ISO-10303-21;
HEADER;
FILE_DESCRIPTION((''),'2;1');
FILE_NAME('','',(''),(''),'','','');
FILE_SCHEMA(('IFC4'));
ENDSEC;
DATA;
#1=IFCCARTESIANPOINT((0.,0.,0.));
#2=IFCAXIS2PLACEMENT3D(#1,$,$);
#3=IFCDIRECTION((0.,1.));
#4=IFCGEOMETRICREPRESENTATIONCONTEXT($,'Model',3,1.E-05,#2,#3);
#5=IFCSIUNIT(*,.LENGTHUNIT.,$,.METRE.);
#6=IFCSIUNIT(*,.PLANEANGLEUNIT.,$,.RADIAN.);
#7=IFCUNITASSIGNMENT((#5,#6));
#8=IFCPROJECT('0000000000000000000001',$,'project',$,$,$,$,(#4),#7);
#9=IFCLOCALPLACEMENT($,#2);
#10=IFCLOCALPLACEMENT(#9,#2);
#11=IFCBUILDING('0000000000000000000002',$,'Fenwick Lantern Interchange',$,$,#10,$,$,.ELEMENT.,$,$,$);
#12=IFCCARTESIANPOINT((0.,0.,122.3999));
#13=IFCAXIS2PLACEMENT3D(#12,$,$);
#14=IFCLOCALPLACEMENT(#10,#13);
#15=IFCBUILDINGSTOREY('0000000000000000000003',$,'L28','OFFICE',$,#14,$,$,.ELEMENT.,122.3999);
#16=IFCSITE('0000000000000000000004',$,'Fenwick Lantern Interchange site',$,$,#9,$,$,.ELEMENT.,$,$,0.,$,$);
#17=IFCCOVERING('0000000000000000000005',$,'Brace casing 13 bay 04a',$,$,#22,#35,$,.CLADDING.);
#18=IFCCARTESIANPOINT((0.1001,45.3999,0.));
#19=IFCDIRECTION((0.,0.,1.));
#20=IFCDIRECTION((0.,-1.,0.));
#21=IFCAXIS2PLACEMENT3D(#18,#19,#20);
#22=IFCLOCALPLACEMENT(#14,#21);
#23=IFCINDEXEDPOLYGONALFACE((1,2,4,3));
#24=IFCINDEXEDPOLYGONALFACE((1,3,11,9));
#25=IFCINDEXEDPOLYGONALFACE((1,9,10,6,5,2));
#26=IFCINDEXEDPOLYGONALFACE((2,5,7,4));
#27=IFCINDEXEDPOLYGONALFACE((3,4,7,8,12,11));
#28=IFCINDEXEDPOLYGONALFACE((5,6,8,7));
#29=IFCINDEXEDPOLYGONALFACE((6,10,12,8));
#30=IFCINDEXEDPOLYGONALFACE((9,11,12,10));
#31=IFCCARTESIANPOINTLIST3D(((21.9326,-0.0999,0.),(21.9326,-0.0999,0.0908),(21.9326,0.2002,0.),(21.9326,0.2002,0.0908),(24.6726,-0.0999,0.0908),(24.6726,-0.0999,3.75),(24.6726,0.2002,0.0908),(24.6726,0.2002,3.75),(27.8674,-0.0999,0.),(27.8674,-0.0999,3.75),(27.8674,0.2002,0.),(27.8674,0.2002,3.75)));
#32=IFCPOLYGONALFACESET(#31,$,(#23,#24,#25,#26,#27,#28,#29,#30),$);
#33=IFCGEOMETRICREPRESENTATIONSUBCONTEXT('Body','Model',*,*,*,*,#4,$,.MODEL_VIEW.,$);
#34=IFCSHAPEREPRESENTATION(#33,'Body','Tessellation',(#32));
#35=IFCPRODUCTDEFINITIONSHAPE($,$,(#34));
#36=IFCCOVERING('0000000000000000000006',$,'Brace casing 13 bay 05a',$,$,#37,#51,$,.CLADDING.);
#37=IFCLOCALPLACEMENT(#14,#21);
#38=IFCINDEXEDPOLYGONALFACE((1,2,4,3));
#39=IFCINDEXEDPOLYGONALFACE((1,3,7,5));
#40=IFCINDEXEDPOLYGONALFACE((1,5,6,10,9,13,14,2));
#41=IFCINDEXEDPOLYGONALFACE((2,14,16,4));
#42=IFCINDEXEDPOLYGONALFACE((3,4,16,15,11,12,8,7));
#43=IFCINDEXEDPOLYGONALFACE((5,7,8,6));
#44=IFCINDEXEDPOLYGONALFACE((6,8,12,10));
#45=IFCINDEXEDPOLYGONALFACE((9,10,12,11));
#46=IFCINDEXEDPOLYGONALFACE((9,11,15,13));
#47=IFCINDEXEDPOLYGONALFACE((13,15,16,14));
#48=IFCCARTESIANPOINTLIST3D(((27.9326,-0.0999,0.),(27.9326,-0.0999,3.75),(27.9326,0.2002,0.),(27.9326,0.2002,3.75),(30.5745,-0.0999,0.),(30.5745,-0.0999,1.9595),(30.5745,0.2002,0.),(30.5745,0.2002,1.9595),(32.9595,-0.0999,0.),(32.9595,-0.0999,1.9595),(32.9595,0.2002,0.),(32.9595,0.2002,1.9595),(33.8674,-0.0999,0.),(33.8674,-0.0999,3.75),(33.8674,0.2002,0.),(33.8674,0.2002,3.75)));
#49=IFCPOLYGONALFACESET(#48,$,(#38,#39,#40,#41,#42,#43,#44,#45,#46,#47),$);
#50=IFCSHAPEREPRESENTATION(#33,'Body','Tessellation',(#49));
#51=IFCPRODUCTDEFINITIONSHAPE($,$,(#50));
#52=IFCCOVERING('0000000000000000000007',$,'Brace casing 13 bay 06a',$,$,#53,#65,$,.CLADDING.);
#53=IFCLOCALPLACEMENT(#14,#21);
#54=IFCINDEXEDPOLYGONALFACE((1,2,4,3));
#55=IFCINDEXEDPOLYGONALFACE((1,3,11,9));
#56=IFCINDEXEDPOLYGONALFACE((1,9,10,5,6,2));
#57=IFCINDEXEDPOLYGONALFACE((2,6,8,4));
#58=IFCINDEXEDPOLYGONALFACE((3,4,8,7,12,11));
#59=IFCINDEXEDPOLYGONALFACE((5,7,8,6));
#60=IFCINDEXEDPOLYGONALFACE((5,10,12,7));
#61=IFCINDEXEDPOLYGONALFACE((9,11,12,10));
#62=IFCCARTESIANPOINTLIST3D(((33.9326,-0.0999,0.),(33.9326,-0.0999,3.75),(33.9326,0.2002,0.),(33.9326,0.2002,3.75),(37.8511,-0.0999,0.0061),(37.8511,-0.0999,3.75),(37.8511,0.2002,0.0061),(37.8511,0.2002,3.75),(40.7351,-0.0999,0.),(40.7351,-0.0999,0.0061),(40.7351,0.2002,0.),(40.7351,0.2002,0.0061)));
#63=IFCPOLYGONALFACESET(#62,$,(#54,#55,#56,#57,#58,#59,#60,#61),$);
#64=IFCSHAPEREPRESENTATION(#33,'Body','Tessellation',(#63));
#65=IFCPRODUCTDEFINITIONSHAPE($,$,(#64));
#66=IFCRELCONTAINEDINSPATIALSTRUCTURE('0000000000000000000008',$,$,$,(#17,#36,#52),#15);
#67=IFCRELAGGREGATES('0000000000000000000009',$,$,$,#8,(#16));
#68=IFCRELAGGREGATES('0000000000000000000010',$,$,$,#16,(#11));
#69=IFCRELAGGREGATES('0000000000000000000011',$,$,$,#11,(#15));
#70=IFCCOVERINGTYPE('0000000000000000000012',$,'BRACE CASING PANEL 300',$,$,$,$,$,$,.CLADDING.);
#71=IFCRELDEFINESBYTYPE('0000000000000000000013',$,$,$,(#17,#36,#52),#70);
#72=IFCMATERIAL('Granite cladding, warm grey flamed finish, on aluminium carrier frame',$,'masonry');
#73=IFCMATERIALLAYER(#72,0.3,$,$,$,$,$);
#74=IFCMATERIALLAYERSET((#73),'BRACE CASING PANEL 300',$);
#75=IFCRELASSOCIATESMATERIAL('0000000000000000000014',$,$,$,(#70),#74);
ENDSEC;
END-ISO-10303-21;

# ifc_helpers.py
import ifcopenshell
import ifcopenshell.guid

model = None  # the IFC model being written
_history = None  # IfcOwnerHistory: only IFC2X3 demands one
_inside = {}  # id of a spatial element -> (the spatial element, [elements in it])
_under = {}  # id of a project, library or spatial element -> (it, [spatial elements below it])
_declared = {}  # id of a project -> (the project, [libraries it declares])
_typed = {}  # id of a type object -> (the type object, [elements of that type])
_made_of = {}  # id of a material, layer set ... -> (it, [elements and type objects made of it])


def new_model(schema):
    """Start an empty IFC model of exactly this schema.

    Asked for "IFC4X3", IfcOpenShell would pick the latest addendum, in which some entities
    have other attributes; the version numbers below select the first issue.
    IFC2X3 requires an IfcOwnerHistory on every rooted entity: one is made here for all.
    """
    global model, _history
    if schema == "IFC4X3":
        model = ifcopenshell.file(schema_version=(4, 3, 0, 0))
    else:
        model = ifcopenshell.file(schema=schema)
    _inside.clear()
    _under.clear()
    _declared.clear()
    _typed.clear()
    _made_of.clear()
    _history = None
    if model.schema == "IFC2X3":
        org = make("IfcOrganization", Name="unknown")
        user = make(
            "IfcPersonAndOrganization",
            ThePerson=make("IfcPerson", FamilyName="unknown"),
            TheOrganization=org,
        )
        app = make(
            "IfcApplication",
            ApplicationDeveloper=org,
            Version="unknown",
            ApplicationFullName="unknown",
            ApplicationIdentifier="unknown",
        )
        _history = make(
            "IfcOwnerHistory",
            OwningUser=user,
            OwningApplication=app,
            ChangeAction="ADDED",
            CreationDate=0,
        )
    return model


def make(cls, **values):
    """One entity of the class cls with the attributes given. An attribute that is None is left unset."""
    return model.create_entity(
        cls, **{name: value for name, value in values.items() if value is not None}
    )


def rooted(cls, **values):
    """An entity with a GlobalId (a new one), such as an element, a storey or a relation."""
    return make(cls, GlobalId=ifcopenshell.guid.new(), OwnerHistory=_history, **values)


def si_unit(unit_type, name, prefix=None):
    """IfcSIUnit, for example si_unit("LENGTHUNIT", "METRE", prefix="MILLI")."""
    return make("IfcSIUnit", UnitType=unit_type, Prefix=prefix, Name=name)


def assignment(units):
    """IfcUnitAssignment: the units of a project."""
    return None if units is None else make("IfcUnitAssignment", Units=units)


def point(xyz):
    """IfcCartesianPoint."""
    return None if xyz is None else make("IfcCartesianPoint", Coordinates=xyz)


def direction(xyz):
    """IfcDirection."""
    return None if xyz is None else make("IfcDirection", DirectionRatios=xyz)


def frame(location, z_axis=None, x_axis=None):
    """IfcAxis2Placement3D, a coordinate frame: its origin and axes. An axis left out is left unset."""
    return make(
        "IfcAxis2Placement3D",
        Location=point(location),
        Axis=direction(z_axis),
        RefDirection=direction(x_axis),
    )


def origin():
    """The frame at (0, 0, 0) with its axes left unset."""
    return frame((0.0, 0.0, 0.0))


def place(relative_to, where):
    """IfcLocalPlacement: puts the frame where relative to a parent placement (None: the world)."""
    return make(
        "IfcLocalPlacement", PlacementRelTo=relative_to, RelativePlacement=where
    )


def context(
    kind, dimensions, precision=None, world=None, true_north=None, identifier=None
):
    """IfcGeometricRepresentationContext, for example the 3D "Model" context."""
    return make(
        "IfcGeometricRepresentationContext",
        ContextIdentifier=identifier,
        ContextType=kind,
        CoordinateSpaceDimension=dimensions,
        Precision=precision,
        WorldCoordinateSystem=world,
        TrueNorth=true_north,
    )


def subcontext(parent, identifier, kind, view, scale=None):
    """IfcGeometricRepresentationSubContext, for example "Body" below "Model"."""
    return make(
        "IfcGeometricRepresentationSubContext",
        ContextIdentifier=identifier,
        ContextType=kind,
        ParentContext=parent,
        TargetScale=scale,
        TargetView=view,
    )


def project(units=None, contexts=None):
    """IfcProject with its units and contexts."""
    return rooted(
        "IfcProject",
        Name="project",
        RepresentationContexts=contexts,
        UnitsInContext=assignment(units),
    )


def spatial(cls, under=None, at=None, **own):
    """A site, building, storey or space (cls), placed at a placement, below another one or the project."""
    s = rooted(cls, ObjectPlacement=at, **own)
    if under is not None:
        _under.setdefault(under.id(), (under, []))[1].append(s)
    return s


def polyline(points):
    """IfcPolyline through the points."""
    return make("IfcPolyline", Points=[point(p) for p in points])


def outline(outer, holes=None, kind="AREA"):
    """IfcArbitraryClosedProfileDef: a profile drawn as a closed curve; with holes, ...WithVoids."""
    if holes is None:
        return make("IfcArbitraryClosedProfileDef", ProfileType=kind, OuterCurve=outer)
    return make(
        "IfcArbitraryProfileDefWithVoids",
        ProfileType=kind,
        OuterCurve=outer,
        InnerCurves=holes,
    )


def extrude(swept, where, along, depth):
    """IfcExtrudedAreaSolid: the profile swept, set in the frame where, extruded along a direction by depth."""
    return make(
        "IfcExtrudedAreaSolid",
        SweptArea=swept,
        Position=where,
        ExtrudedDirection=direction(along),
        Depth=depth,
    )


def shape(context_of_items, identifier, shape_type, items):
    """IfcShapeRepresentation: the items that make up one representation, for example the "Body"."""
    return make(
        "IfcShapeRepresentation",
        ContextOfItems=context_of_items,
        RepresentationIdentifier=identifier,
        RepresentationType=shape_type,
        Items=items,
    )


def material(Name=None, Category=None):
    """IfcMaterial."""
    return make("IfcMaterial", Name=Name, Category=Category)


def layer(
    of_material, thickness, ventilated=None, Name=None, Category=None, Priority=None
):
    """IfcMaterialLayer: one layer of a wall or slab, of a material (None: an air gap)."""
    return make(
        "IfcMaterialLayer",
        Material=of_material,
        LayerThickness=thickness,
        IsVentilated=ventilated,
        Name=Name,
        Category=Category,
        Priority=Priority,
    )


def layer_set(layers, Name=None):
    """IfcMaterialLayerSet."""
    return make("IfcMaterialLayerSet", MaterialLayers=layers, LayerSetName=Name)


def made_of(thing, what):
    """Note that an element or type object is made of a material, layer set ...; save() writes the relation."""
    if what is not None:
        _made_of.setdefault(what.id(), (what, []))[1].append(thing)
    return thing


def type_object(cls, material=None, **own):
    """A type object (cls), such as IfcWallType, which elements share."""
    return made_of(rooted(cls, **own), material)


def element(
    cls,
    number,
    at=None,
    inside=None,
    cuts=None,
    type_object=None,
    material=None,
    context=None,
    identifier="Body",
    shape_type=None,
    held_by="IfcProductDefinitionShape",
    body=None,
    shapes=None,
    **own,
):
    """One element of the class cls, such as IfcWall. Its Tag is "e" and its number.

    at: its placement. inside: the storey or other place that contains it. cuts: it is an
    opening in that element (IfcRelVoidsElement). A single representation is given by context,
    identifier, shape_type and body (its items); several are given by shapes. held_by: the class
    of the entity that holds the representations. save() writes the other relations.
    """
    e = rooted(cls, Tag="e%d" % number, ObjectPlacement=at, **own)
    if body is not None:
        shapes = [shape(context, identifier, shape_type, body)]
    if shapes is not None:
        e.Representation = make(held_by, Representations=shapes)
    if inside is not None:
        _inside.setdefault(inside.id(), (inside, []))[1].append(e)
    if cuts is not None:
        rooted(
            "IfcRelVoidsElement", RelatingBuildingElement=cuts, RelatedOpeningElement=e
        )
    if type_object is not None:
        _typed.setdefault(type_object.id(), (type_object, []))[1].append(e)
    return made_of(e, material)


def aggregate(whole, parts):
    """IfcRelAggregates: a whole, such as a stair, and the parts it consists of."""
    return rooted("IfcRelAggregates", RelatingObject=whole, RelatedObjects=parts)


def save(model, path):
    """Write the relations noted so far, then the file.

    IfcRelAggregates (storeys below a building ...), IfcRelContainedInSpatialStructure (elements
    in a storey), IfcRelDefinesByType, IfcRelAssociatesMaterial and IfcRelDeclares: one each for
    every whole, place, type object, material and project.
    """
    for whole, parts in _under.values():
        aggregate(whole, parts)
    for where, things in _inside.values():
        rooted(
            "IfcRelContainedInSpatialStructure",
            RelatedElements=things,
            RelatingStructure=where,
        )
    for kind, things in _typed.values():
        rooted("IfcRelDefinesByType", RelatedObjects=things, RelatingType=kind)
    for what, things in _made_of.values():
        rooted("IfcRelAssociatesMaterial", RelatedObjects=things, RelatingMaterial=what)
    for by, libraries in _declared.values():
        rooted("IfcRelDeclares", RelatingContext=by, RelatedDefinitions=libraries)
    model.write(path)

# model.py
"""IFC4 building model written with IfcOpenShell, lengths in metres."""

from ifc_helpers import new_model, si_unit, direction, frame, origin, place, context, subcontext, project, spatial, polyline, outline, extrude, material, layer, layer_set, type_object, element, save


model = new_model("IFC4")

# Units and contexts
model_context = context("Model", 3, precision=1e-05, world=origin(), true_north=direction((0.0, 1.0)))
body_context = subcontext(model_context, "Body", "Model", "MODEL_VIEW")
ifc_project = project(units=[si_unit("LENGTHUNIT", "METRE"), si_unit("PLANEANGLEUNIT", "RADIAN")], contexts=[model_context])

# Site, building, storey
site_placement = place(None, origin())
site = spatial("IfcSite", under=ifc_project, at=site_placement, Name="Fenwick Lantern Interchange site", CompositionType="ELEMENT", RefElevation=0.0)
building_placement = place(site_placement, origin())
building = spatial("IfcBuilding", under=site, at=building_placement, Name="Fenwick Lantern Interchange", CompositionType="ELEMENT")
storey_placement = place(building_placement, frame((0.0, 0.0, 122.3999)))
storey = spatial("IfcBuildingStorey", under=building, at=storey_placement, Name="L28", Description="OFFICE", CompositionType="ELEMENT", Elevation=122.3999)

# Coverings
ifc_material_1 = material(Name="Granite cladding, warm grey flamed finish, on aluminium carrier frame", Category="masonry")
ifc_layer_1 = layer(ifc_material_1, 0.3)
ifc_layer_set_1 = layer_set([ifc_layer_1], Name="BRACE CASING PANEL 300")
covering_type = type_object("IfcCoveringType", Name="BRACE CASING PANEL 300", PredefinedType="CLADDING", material=ifc_layer_set_1)
covering_1_placement = place(storey_placement, frame((0.1001, 45.3999, 0.0), z_axis=(0.0, 0.0, 1.0), x_axis=(0.0, -1.0, 0.0)))
element("IfcCovering", 1, at=covering_1_placement, inside=storey, type_object=covering_type, Name="Brace casing 13 bay 04a", PredefinedType="CLADDING", context=body_context, shape_type="SweptSolid", body=[
    extrude(outline(polyline([(21.9326, 0.0), (27.8674, 0.0), (27.8674, 3.75), (24.6726, 3.75), (24.6726, 0.0908), (21.9326, 0.0908), (21.9326, 0.0)])), frame((0.0, 0.2002, 0.0), z_axis=(0.0, -1.0, 0.0), x_axis=(1.0, 0.0, 0.0)), (0.0, 0.0, 1.0), 0.3),
])
covering_2_placement = place(storey_placement, frame((0.1001, 45.3999, 0.0), z_axis=(0.0, 0.0, 1.0), x_axis=(0.0, -1.0, 0.0)))
element("IfcCovering", 2, at=covering_2_placement, inside=storey, type_object=covering_type, Name="Brace casing 13 bay 05a", PredefinedType="CLADDING", context=body_context, shape_type="SweptSolid", body=[
    extrude(outline(polyline([(27.9326, 0.0), (30.5745, 0.0), (30.5745, 1.9595), (32.9595, 1.9595), (32.9595, 0.0), (33.8674, 0.0), (33.8674, 3.75), (27.9326, 3.75), (27.9326, 0.0)])), frame((0.0, 0.2002, 0.0), z_axis=(0.0, -1.0, 0.0), x_axis=(1.0, 0.0, 0.0)), (0.0, 0.0, 1.0), 0.3),
])
covering_3_placement = place(storey_placement, frame((0.1001, 45.3999, 0.0), z_axis=(0.0, 0.0, 1.0), x_axis=(0.0, -1.0, 0.0)))
element("IfcCovering", 3, at=covering_3_placement, inside=storey, type_object=covering_type, Name="Brace casing 13 bay 06a", PredefinedType="CLADDING", context=body_context, shape_type="SweptSolid", body=[
    extrude(outline(polyline([(33.9326, 0.0), (40.7351, 0.0), (40.7351, 0.0061), (37.8511, 0.0061), (37.8511, 3.75), (33.9326, 3.75), (33.9326, 0.0)])), frame((0.0, 0.2002, 0.0), z_axis=(0.0, -1.0, 0.0), x_axis=(1.0, 0.0, 0.0)), (0.0, 0.0, 1.0), 0.3),
])

save(model, "model.ifc")
